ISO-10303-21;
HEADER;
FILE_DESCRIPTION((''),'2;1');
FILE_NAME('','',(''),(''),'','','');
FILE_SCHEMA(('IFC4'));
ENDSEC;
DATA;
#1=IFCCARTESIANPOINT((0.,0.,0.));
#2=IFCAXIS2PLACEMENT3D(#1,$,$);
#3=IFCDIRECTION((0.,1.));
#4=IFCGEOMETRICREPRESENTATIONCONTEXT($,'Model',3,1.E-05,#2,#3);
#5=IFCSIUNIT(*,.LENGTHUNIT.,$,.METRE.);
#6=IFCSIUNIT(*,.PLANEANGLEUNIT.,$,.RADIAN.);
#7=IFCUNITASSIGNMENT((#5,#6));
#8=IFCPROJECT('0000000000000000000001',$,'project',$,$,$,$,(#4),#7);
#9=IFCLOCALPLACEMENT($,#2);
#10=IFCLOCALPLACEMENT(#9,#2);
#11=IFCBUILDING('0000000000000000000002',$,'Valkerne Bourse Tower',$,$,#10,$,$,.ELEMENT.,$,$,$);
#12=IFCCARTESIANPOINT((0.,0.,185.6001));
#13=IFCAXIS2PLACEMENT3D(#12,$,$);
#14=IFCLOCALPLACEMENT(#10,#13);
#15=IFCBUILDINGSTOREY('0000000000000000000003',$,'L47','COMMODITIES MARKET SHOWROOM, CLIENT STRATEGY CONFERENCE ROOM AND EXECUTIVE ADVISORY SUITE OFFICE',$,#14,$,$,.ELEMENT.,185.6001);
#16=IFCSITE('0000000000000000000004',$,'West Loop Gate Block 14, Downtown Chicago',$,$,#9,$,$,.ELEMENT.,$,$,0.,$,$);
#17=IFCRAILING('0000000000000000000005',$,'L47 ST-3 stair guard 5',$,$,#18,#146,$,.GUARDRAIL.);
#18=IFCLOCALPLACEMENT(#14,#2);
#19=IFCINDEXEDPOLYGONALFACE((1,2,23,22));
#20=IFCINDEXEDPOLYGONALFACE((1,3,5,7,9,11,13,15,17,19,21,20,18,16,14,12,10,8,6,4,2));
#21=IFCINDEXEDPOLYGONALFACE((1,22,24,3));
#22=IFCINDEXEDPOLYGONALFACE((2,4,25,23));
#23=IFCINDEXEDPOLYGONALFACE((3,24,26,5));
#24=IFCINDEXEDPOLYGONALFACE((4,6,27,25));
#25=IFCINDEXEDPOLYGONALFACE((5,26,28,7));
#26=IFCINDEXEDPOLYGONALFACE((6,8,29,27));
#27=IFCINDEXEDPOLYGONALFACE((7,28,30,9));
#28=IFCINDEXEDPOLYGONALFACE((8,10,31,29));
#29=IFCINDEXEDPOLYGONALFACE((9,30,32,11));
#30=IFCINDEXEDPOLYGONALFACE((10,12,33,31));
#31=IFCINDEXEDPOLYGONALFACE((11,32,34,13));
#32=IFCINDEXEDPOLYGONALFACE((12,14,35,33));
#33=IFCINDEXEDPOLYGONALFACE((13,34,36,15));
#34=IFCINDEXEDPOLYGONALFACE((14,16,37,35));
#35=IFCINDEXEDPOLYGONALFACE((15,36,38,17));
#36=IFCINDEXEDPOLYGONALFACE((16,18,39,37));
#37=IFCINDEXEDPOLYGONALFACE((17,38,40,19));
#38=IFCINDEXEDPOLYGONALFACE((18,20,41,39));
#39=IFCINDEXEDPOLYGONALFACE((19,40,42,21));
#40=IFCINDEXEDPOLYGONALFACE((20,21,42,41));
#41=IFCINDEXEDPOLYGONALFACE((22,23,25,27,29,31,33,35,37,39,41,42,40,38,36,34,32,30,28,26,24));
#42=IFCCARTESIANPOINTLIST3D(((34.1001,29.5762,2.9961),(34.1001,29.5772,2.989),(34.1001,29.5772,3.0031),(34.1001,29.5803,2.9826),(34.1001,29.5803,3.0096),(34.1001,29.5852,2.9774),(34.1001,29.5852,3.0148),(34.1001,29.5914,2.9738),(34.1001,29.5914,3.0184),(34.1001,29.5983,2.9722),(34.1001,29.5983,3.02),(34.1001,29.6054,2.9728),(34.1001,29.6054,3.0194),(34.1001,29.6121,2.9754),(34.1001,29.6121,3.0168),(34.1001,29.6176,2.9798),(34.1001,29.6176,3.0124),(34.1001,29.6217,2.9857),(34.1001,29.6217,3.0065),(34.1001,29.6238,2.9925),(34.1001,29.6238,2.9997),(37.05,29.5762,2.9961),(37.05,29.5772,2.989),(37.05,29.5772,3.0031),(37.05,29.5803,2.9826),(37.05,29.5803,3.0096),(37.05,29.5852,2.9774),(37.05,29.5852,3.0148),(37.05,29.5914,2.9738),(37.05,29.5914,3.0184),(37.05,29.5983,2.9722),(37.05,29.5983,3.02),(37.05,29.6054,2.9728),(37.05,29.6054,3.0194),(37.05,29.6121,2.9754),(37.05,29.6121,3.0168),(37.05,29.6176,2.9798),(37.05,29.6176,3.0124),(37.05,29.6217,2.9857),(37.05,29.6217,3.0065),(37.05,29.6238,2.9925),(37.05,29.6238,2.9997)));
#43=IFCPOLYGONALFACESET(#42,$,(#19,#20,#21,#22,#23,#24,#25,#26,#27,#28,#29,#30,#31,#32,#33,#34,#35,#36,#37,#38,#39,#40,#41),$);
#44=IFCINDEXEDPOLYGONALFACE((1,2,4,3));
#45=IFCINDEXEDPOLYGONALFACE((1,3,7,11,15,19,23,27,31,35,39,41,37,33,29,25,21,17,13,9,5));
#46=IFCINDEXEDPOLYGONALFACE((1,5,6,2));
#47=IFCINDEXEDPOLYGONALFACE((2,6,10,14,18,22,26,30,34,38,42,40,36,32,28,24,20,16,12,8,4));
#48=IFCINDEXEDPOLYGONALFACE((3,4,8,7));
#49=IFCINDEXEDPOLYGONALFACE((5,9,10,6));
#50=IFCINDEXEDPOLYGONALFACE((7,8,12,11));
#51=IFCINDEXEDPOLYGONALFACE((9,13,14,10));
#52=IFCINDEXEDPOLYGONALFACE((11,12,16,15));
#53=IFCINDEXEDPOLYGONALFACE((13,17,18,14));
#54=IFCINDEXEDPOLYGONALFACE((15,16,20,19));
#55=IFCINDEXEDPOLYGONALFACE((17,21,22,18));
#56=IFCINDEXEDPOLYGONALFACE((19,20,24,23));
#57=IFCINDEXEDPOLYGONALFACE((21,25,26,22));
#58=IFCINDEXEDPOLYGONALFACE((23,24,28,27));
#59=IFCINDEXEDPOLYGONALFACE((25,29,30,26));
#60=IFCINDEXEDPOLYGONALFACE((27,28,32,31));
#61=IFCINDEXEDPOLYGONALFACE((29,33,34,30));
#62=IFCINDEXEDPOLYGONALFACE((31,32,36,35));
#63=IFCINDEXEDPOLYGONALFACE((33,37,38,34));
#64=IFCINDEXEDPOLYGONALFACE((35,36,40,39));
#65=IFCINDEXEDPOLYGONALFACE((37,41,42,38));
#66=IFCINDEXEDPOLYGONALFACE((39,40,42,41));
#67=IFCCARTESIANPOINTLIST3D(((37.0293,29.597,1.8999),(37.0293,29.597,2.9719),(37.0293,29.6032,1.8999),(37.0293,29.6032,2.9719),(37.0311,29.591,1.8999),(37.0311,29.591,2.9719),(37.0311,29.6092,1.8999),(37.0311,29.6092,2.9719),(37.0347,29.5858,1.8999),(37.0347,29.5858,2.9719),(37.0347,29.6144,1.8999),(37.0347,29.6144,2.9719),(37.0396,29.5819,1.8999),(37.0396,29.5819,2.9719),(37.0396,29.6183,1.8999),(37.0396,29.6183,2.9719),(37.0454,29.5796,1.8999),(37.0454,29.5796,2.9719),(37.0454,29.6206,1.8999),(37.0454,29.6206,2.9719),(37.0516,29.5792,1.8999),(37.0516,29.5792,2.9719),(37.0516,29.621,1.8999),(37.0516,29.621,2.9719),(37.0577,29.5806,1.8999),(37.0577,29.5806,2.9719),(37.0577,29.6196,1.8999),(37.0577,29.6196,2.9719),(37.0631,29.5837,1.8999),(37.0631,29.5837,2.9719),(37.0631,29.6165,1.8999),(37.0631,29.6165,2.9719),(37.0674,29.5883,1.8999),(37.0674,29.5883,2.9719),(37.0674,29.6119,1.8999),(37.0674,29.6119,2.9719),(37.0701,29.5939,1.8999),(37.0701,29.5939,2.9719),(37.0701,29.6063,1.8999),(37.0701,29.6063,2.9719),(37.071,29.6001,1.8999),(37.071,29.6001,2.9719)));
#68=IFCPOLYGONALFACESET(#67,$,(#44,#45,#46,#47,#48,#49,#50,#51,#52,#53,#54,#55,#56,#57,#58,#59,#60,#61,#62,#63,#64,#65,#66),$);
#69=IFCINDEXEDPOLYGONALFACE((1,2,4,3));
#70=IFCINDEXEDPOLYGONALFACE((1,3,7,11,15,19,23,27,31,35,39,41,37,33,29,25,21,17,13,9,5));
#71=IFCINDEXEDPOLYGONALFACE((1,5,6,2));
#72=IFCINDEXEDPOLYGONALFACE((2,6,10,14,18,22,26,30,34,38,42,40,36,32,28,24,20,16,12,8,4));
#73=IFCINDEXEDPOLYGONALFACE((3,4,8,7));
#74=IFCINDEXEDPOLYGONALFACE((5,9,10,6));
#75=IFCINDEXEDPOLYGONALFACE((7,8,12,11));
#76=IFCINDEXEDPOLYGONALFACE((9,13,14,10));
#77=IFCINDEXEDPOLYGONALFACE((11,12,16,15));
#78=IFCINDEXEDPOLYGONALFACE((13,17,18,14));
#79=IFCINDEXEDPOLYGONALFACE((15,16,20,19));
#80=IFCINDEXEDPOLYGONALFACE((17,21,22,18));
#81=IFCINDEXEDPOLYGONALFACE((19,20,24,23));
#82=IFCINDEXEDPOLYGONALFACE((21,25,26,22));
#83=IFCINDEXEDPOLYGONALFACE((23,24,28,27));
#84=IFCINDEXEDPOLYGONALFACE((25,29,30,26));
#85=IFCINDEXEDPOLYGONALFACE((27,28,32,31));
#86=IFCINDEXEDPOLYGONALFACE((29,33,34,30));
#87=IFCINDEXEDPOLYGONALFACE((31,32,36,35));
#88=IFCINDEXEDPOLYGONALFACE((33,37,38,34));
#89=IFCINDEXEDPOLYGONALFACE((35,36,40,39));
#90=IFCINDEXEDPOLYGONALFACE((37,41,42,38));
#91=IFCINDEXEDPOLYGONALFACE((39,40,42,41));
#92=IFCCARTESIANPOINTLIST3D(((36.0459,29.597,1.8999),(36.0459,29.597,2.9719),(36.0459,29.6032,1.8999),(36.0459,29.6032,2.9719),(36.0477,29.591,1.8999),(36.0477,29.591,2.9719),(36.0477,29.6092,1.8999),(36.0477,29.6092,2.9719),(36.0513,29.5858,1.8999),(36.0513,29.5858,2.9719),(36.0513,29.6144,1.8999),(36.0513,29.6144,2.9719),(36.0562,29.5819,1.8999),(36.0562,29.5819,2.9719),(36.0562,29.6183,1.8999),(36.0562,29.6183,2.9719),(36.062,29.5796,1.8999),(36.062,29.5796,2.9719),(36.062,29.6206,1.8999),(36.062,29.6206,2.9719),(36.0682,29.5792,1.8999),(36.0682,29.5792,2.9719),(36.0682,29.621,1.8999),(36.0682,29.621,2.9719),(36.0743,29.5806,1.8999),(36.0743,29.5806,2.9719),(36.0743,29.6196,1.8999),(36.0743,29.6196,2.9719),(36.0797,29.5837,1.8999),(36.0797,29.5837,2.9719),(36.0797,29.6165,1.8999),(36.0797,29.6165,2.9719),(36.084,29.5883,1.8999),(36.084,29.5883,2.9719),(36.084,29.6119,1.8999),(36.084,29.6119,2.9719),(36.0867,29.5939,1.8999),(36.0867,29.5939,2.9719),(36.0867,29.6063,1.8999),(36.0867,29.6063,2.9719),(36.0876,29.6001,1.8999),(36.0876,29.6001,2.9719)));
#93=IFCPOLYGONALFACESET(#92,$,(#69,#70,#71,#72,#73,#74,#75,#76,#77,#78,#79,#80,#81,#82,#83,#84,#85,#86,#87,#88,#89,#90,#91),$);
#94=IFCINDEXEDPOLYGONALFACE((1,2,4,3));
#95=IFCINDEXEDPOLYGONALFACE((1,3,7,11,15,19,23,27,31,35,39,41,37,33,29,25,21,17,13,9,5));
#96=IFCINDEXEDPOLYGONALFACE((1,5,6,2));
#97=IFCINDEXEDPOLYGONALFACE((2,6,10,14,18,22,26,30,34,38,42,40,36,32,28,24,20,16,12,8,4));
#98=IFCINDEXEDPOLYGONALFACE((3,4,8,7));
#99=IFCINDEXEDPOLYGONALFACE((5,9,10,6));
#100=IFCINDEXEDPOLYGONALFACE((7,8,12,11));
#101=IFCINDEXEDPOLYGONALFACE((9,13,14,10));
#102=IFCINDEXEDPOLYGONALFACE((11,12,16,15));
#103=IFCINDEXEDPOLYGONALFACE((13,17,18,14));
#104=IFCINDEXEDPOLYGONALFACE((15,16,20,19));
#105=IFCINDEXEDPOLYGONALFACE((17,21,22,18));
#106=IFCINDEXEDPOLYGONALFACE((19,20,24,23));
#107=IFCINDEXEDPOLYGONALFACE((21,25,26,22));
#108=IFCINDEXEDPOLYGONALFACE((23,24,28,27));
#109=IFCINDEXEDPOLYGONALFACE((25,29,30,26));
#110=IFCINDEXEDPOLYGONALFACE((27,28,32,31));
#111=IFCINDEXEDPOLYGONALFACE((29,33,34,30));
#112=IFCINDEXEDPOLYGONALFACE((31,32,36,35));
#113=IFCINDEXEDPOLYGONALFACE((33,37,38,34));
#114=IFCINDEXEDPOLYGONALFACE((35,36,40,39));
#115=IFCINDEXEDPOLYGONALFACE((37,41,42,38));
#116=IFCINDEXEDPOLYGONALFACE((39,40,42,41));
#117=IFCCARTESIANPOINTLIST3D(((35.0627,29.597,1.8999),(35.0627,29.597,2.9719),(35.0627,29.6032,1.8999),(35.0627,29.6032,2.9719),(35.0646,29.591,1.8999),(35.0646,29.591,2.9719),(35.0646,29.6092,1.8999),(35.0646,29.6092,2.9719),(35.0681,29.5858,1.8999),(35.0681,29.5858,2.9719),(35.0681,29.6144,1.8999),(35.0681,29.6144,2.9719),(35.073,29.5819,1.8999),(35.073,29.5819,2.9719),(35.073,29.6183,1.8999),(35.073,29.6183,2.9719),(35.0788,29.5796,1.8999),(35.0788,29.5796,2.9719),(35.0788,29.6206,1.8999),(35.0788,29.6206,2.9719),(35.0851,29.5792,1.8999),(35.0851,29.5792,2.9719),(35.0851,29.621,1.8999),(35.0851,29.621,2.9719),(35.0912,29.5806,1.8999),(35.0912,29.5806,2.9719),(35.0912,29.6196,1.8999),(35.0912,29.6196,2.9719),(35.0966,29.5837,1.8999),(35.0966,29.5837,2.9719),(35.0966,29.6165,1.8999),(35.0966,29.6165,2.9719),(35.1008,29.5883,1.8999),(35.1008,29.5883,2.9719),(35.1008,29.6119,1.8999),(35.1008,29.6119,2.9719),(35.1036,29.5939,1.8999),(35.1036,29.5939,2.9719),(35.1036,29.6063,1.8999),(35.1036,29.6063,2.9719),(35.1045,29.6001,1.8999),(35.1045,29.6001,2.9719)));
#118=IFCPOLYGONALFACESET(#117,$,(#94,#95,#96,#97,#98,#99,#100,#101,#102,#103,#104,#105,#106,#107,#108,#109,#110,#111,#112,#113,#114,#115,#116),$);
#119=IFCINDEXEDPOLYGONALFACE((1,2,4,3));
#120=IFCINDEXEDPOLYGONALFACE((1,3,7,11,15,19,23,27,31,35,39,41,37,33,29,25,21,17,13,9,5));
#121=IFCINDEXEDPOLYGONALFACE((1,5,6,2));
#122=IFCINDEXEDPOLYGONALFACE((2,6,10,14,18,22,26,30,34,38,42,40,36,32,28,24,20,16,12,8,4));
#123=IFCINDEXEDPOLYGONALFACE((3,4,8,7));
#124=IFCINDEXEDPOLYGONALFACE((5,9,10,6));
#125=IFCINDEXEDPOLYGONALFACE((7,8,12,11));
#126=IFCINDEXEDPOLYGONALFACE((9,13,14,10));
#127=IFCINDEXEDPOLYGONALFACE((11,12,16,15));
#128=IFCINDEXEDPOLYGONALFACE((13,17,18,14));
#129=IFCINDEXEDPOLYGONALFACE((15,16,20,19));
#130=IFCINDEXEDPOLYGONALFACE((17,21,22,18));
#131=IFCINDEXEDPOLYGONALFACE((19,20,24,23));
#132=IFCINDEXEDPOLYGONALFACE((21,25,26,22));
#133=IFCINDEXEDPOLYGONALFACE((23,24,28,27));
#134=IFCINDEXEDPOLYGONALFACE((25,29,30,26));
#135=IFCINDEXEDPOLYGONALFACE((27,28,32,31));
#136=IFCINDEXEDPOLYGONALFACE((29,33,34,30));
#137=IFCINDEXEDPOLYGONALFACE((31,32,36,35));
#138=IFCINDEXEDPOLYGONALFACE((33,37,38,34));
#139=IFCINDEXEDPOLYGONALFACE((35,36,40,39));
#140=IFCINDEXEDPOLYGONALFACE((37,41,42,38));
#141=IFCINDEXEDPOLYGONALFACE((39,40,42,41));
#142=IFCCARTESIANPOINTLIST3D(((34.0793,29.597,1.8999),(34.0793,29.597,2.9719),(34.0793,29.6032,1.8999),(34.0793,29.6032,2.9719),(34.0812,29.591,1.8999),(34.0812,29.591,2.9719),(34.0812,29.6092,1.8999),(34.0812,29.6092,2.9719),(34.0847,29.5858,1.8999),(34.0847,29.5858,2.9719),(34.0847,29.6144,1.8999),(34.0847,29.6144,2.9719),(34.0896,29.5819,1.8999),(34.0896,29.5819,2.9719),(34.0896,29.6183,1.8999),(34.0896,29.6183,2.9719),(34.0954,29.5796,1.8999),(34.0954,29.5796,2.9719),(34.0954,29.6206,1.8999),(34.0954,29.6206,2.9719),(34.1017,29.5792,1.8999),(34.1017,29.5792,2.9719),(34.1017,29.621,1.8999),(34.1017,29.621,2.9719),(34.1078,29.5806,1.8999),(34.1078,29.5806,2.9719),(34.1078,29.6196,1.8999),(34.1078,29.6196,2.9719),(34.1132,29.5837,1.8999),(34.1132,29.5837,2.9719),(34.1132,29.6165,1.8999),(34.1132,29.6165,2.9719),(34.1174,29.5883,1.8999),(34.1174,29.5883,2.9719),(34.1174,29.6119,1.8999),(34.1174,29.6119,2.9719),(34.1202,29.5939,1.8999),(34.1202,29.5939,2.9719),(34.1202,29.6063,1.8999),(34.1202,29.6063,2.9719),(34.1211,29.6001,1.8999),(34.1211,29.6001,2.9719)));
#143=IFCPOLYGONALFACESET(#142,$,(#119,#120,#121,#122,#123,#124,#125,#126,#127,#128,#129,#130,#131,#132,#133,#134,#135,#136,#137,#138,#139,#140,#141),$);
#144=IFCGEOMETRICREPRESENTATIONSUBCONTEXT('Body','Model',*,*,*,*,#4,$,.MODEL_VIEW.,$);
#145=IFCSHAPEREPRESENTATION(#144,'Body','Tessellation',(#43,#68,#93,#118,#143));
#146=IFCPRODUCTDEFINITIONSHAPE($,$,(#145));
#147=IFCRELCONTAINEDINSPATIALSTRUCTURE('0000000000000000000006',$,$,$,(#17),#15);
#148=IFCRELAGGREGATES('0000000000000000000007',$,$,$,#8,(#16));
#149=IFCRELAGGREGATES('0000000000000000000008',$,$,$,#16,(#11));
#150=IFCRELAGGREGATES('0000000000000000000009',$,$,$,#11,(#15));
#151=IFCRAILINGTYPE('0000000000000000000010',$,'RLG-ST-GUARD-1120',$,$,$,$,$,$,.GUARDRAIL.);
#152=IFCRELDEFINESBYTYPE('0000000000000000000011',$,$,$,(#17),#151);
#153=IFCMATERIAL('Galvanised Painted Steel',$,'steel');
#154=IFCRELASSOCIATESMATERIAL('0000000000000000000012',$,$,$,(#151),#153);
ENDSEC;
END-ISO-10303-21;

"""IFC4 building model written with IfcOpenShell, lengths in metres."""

from ifc_helpers import new_model, si_unit, direction, frame, origin, origin_2d, place, context, subcontext, project, spatial, circle, extrude, material, type_object, element, save


model = new_model("IFC4")

# Units and contexts
model_context = context("Model", 3, precision=1e-05, world=origin(), true_north=direction((0.0, 1.0)))
body_context = subcontext(model_context, "Body", "Model", "MODEL_VIEW")
ifc_project = project(units=[si_unit("LENGTHUNIT", "METRE"), si_unit("PLANEANGLEUNIT", "RADIAN")], contexts=[model_context])

# Site, building, storey
site_placement = place(None, origin())
site = spatial("IfcSite", under=ifc_project, at=site_placement, Name="West Loop Gate Block 14, Downtown Chicago", CompositionType="ELEMENT", RefElevation=0.0)
building_placement = place(site_placement, origin())
building = spatial("IfcBuilding", under=site, at=building_placement, Name="Valkerne Bourse Tower", CompositionType="ELEMENT")
storey_placement = place(building_placement, frame((0.0, 0.0, 185.6001)))
storey = spatial("IfcBuildingStorey", under=building, at=storey_placement, Name="L47", Description="COMMODITIES MARKET SHOWROOM, CLIENT STRATEGY CONFERENCE ROOM AND EXECUTIVE ADVISORY SUITE OFFICE", CompositionType="ELEMENT", Elevation=185.6001)

# Railing
ifc_material_1 = material(Name="Galvanised Painted Steel", Category="steel")
railing_type_1 = type_object("IfcRailingType", Name="RLG-ST-GUARD-1120", PredefinedType="GUARDRAIL", material=ifc_material_1)
railing_1_placement = place(storey_placement, frame((37.05, 29.6001, 1.8999)))
element("IfcRailing", 1, at=railing_1_placement, inside=storey, type_object=railing_type_1, Name="L47 ST-3 stair guard 5", PredefinedType="GUARDRAIL", context=body_context, shape_type="SweptSolid", body=[
    extrude(circle(Radius=0.0239, at=origin_2d()), frame((0.0, 0.0, 1.0962), z_axis=(-1.0, 0.0, 0.0), x_axis=(0.0, -1.0, 0.0)), (0.0, 0.0, 1.0), 2.95),
    extrude(circle(Radius=0.021, at=origin_2d()), origin(), (0.0, 0.0, 1.0), 1.072),
    extrude(circle(Radius=0.021, at=origin_2d()), frame((-0.9834, 0.0, 0.0)), (0.0, 0.0, 1.0), 1.072),
    extrude(circle(Radius=0.021, at=origin_2d()), frame((-1.9666, 0.0, 0.0)), (0.0, 0.0, 1.0), 1.072),
    extrude(circle(Radius=0.021, at=origin_2d()), frame((-2.95, 0.0, 0.0)), (0.0, 0.0, 1.0), 1.072),
])

save(model, "model.ifc")
